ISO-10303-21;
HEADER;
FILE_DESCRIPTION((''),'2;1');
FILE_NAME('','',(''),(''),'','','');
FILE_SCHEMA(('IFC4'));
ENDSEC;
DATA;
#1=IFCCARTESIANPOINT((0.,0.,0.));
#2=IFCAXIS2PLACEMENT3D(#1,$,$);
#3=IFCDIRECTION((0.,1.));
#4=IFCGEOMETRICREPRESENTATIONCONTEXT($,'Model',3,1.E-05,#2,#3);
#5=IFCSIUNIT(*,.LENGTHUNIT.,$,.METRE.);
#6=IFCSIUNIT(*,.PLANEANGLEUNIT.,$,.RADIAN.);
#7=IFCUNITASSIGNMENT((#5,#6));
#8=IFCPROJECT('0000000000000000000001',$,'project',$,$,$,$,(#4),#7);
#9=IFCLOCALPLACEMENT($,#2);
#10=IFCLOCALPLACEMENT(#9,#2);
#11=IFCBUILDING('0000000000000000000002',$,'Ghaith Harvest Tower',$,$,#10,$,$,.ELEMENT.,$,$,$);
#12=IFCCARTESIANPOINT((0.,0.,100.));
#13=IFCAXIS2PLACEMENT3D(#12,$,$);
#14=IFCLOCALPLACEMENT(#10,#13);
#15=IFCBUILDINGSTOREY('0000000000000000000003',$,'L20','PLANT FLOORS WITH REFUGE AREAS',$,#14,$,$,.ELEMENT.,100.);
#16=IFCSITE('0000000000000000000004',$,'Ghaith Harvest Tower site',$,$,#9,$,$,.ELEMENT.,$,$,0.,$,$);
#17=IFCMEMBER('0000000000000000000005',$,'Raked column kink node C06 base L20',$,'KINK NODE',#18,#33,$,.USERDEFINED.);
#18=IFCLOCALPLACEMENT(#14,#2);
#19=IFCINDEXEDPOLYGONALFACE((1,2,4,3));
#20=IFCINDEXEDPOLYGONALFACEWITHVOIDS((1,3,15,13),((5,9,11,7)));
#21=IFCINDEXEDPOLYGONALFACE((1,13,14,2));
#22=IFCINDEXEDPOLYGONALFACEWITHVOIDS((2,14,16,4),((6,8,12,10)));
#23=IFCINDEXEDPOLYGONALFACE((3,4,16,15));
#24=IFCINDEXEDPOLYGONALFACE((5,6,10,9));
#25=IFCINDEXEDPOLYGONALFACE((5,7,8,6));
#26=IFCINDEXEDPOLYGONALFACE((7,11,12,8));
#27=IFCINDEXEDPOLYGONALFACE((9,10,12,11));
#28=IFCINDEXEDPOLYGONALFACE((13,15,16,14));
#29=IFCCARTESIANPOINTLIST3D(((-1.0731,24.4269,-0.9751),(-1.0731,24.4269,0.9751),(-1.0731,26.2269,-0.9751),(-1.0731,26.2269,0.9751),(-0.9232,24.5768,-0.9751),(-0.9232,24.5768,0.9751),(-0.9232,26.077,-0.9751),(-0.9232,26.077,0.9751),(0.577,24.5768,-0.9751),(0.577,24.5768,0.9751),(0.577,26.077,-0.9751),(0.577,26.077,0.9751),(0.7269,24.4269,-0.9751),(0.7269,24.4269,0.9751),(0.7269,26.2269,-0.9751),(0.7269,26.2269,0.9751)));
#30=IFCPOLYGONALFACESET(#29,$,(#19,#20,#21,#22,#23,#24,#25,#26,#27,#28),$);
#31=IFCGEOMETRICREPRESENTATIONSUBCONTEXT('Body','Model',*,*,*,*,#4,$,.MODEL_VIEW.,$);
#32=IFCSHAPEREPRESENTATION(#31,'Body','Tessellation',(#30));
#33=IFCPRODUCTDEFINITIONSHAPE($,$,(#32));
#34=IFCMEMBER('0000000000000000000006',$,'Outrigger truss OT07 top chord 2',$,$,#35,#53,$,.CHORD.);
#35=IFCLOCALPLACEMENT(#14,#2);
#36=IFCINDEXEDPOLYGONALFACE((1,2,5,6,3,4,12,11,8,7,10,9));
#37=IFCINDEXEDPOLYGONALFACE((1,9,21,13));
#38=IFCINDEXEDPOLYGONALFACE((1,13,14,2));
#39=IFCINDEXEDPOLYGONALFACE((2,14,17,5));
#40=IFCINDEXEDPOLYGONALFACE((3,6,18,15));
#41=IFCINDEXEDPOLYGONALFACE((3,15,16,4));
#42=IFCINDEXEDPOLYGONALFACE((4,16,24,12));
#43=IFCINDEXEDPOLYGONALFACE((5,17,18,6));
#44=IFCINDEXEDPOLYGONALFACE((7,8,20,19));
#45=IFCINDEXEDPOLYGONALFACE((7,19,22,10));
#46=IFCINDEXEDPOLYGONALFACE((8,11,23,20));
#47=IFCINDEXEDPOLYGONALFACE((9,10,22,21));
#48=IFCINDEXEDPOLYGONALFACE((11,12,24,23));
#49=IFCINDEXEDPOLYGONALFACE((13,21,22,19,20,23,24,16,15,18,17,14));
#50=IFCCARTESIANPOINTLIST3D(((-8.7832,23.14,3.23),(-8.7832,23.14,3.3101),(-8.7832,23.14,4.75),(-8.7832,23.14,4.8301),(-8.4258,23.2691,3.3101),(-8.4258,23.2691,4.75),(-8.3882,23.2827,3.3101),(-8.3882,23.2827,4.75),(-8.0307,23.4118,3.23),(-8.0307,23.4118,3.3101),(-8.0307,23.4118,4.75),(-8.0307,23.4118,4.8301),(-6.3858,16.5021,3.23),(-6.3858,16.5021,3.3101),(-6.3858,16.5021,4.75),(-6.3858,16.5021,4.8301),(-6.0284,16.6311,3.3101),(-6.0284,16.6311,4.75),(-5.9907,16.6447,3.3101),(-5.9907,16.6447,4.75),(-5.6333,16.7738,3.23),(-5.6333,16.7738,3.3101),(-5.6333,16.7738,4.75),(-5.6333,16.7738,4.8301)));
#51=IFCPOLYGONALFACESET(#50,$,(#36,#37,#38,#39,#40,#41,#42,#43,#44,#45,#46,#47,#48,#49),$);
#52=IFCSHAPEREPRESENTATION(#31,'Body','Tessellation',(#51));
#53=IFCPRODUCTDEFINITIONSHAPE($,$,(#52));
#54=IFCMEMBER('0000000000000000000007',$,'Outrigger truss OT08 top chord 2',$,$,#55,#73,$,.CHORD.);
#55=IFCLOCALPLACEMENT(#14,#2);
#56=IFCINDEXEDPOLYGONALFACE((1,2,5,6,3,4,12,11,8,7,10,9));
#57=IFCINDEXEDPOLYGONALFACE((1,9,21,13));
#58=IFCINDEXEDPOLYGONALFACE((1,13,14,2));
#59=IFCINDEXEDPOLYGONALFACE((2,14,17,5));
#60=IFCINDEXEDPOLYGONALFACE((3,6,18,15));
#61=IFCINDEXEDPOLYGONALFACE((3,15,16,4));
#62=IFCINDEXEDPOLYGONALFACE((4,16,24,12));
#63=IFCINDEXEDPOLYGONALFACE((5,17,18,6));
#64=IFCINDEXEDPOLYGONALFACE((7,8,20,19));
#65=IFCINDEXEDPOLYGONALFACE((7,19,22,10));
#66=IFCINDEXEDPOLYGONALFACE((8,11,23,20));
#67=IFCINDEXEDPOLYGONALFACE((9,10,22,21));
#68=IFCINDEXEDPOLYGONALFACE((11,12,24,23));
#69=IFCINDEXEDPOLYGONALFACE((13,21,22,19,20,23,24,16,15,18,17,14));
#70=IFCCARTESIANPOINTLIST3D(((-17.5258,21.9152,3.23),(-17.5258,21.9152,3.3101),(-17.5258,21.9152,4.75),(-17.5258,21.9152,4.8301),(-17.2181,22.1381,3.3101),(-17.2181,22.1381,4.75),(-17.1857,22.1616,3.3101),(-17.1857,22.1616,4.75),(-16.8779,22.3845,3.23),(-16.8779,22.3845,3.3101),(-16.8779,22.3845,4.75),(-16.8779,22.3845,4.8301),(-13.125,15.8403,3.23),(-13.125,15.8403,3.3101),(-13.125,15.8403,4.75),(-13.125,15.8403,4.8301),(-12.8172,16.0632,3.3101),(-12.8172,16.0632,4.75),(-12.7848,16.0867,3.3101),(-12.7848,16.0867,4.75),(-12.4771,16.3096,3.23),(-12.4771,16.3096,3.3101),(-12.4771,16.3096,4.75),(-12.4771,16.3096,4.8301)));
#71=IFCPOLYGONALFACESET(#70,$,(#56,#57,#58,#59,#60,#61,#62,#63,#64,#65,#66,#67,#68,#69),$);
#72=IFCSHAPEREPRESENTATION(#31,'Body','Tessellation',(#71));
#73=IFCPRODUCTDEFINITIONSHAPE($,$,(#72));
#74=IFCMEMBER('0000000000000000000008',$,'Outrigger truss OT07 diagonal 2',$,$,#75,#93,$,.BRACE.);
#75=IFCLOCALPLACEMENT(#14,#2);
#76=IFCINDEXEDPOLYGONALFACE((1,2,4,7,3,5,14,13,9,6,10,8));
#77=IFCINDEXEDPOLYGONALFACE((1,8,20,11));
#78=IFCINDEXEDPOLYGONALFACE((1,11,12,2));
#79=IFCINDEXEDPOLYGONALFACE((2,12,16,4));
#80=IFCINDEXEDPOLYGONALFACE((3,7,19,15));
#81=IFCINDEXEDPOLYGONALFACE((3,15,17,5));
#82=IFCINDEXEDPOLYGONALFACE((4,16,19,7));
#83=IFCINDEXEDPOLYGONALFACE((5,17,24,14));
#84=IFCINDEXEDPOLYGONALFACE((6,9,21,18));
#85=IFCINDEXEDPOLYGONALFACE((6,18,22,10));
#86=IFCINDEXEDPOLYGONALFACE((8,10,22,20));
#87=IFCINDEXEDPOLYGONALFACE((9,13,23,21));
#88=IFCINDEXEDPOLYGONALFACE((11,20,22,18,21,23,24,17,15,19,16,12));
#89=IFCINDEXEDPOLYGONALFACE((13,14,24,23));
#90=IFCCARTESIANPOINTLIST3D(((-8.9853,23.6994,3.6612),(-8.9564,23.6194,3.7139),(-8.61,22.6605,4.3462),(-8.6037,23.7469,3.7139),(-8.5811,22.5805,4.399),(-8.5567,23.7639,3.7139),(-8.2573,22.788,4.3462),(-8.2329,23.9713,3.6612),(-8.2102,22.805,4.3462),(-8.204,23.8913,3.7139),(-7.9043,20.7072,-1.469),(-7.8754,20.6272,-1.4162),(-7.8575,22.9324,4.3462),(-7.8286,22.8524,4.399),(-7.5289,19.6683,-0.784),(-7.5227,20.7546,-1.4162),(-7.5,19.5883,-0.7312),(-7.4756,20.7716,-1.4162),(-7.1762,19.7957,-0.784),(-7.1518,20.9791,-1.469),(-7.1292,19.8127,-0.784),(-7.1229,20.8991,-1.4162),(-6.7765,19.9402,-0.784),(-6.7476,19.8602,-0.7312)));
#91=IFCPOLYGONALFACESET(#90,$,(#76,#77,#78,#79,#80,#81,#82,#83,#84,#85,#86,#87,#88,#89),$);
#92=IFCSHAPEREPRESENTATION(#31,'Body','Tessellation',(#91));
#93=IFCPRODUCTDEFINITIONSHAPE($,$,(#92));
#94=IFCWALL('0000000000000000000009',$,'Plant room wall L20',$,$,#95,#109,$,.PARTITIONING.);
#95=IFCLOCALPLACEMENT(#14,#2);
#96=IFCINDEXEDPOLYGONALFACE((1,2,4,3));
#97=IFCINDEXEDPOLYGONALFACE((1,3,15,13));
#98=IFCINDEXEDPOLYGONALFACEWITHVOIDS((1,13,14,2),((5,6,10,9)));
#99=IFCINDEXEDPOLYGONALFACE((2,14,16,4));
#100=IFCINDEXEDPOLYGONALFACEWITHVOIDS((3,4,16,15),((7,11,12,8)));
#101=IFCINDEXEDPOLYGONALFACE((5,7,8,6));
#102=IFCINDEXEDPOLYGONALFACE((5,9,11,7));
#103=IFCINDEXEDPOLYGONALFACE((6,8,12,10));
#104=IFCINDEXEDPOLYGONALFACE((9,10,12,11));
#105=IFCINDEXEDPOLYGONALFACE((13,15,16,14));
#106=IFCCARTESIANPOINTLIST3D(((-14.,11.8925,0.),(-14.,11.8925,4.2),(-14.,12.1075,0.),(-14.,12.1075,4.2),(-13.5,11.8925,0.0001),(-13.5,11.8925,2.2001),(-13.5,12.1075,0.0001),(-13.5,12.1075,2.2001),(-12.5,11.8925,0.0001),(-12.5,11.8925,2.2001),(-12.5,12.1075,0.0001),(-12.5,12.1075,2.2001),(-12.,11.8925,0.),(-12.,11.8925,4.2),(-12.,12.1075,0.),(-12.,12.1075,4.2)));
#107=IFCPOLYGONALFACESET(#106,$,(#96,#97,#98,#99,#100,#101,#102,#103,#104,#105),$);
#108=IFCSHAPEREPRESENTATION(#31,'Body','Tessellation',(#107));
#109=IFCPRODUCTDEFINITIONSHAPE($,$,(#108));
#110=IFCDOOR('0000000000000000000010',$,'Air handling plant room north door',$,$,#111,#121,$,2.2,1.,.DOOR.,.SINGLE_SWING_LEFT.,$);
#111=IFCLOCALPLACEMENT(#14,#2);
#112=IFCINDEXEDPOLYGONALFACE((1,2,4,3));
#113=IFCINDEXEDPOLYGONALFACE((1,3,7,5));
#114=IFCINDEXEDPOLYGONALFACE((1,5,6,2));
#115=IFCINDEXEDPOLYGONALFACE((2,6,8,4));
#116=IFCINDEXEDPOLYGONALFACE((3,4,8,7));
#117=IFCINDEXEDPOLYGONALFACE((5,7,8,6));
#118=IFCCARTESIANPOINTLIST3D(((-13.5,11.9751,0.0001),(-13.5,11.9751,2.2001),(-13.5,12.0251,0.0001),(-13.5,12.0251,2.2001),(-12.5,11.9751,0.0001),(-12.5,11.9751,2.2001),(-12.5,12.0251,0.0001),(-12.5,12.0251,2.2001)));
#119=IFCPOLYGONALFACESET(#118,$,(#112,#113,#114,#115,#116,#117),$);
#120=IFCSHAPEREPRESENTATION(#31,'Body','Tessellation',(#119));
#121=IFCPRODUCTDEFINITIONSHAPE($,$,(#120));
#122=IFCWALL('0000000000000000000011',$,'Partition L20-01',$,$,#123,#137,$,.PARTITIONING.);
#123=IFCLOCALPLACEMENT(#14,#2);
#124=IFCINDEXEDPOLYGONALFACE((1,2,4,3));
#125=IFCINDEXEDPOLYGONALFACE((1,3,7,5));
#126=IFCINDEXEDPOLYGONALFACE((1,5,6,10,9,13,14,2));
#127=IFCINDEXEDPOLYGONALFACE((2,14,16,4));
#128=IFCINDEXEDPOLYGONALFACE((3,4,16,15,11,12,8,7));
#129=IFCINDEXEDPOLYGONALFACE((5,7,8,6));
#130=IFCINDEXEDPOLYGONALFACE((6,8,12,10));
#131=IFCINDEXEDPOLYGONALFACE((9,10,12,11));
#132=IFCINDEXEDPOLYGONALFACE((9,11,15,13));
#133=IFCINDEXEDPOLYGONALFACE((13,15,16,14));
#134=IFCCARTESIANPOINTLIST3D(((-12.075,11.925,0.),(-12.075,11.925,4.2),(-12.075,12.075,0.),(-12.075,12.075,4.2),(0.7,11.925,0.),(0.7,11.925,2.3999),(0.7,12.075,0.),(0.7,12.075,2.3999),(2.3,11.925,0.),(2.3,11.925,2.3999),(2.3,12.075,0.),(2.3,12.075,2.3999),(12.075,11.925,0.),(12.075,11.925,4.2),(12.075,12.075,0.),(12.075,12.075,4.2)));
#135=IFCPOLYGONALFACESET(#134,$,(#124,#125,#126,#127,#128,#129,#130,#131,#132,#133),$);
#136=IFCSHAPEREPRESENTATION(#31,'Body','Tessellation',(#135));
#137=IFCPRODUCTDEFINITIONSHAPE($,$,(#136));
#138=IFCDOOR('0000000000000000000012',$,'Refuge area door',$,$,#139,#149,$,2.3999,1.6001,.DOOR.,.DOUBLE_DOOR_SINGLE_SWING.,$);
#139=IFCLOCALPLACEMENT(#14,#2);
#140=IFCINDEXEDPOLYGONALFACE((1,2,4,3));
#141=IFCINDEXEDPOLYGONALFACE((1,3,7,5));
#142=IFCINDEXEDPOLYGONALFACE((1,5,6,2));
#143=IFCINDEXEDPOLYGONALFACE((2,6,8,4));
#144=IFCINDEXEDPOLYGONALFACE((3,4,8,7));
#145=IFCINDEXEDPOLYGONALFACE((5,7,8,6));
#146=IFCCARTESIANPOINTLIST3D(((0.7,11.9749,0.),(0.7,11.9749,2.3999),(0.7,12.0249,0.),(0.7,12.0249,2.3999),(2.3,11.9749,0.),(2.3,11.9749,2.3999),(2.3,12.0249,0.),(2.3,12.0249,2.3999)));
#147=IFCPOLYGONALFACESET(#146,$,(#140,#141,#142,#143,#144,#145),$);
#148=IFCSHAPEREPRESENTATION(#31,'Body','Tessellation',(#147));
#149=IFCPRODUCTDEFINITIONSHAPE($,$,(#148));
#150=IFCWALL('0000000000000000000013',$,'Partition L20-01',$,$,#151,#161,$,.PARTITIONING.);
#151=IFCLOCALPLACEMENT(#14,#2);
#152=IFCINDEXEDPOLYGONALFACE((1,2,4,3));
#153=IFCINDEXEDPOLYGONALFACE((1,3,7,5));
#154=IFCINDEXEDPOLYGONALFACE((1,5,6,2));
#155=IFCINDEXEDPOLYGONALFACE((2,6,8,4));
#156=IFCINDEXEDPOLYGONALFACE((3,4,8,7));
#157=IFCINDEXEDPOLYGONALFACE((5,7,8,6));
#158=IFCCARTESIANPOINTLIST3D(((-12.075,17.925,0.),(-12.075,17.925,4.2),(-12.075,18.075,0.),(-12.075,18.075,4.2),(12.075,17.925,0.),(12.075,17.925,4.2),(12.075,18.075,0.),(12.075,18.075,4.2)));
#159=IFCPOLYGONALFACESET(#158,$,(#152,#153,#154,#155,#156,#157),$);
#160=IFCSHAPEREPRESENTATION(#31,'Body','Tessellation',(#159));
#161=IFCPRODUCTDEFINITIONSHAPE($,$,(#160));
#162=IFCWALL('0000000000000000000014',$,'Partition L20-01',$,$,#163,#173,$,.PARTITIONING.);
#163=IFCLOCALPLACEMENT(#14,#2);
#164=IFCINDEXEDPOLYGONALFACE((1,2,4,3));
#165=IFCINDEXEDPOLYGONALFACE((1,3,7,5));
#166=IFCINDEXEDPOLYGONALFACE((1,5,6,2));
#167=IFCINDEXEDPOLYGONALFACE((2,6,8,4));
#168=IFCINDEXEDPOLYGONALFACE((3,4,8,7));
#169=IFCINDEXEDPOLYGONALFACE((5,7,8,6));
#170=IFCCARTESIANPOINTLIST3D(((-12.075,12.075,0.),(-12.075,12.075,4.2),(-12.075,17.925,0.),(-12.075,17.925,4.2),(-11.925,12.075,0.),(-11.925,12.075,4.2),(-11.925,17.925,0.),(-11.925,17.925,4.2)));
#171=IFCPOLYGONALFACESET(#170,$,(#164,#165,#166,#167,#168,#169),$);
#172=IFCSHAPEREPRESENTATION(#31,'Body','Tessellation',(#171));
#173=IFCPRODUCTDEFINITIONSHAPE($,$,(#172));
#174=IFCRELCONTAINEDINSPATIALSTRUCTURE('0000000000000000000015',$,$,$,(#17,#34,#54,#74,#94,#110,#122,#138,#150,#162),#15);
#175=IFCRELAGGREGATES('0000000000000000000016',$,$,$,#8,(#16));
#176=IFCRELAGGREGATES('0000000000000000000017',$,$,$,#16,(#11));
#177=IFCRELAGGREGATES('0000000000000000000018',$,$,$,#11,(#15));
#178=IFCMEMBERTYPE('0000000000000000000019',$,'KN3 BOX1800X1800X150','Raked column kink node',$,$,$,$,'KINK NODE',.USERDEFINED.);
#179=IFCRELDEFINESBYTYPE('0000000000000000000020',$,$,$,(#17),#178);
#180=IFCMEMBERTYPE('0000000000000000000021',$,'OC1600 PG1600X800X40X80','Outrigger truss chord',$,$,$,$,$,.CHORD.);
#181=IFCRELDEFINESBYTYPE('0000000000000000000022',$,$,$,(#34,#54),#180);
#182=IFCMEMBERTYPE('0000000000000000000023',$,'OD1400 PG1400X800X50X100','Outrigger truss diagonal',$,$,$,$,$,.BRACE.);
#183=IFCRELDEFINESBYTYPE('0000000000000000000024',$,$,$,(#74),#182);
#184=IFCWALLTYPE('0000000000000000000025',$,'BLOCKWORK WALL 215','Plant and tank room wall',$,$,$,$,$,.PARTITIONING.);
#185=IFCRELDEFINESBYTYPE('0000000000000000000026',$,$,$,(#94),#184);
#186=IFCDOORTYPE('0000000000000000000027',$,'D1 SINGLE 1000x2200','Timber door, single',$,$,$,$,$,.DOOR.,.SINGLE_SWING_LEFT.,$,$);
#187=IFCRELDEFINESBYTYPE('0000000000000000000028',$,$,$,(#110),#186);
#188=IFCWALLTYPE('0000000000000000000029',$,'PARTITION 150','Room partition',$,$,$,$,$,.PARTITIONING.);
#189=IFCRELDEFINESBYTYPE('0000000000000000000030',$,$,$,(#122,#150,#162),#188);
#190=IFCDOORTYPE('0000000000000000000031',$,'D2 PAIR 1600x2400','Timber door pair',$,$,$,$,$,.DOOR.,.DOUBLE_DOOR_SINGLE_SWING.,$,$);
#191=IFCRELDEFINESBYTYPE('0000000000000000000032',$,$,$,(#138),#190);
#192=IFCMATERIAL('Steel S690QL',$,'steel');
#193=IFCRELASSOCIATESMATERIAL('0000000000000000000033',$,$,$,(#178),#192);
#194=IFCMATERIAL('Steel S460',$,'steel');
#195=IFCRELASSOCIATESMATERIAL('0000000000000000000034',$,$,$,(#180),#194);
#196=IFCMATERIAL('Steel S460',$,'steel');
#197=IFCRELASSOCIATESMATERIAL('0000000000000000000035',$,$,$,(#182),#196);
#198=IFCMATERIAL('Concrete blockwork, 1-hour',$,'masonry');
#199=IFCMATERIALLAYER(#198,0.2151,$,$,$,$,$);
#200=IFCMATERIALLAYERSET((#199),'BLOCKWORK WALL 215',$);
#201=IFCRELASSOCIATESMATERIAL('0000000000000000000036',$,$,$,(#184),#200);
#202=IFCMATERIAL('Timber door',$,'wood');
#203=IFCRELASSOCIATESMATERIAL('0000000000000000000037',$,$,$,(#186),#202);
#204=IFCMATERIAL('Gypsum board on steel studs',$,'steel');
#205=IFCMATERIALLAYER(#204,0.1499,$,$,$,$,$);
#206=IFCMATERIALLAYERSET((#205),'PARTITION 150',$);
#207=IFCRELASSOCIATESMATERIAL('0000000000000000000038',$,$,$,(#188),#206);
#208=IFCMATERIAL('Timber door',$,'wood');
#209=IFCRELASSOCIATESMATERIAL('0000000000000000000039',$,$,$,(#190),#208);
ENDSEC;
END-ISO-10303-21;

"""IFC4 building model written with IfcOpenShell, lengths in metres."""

from ifc_helpers import new_model, si_unit, direction, frame, frame_2d, origin, origin_2d, place, context, subcontext, project, spatial, rectangle, hollow_rectangle, i_section, extrude, material, layer, layer_set, material_profile, profile_set, type_object, element, fill, save


model = new_model("IFC4")

# Units and contexts
model_context = context("Model", 3, precision=1e-05, world=origin(), true_north=direction((0.0, 1.0)))
body_context = subcontext(model_context, "Body", "Model", "MODEL_VIEW")
ifc_project = project(units=[si_unit("LENGTHUNIT", "METRE"), si_unit("PLANEANGLEUNIT", "RADIAN")], contexts=[model_context])

# Site, building, storey
site_placement = place(None, origin())
site = spatial("IfcSite", under=ifc_project, at=site_placement, Name="Ghaith Harvest Tower site", CompositionType="ELEMENT", RefElevation=0.0)
building_placement = place(site_placement, origin())
building = spatial("IfcBuilding", under=site, at=building_placement, Name="Ghaith Harvest Tower", CompositionType="ELEMENT")
storey_placement = place(building_placement, frame((0.0, 0.0, 100.0)))
storey = spatial("IfcBuildingStorey", under=building, at=storey_placement, Name="L20", Description="PLANT FLOORS WITH REFUGE AREAS", CompositionType="ELEMENT", Elevation=100.0)

# Members
ifc_material_1 = material(Name="Steel S690QL", Category="steel")
ifc_material_profile_1 = material_profile(ifc_material_1, hollow_rectangle(XDim=1.8, YDim=1.8, WallThickness=0.1499, at=origin_2d()), Name="BOX1800X1800X150")
ifc_profile_set_1 = profile_set([ifc_material_profile_1], Name="Steel S690QL")
member_type_1 = type_object("IfcMemberType", Name="KN3 BOX1800X1800X150", Description="Raked column kink node", ElementType="KINK NODE", PredefinedType="USERDEFINED", material=ifc_profile_set_1)
member_1_placement = place(storey_placement, frame((-0.1731, 25.3269, -0.9751), z_axis=(0.0, 0.0, 1.0), x_axis=(1.0, 0.0, 0.0)))
element("IfcMember", 1, at=member_1_placement, inside=storey, type_object=member_type_1, Name="Raked column kink node C06 base L20", ObjectType="KINK NODE", PredefinedType="USERDEFINED", context=body_context, shape_type="SweptSolid", body=[
    extrude(hollow_rectangle(XDim=1.8, YDim=1.8, WallThickness=0.1499, at=origin_2d()), origin(), (0.0, 0.0, 1.0), 1.9502),
])
ifc_material_2 = material(Name="Steel S460", Category="steel")
ifc_material_profile_2 = material_profile(ifc_material_2, i_section(OverallWidth=0.8, OverallDepth=1.6001, WebThickness=0.04, FlangeThickness=0.0801, at=origin_2d()), Name="PG1600X800X40X80")
ifc_profile_set_2 = profile_set([ifc_material_profile_2], Name="Steel S460")
member_type_2 = type_object("IfcMemberType", Name="OC1600 PG1600X800X40X80", Description="Outrigger truss chord", PredefinedType="CHORD", material=ifc_profile_set_2)
member_2_placement = place(storey_placement, frame((-6.0095, 16.6379, 4.03), z_axis=(-0.339698, 0.940535, 0.0), x_axis=(-0.940535, -0.339698, 0.0)))
element("IfcMember", 2, at=member_2_placement, inside=storey, type_object=member_type_2, Name="Outrigger truss OT07 top chord 2", PredefinedType="CHORD", context=body_context, shape_type="SweptSolid", body=[
    extrude(i_section(OverallWidth=0.8, OverallDepth=1.6001, WebThickness=0.04, FlangeThickness=0.0801, at=origin_2d()), origin(), (0.0, 0.0, 1.0), 7.0576),
])
member_3_placement = place(storey_placement, frame((-12.801, 16.075, 4.03), z_axis=(-0.586665, 0.80983, 0.0), x_axis=(-0.80983, -0.586665, 0.0)))
element("IfcMember", 3, at=member_3_placement, inside=storey, type_object=member_type_2, Name="Outrigger truss OT08 top chord 2", PredefinedType="CHORD", context=body_context, shape_type="SweptSolid", body=[
    extrude(i_section(OverallWidth=0.8, OverallDepth=1.6001, WebThickness=0.04, FlangeThickness=0.0801, at=origin_2d()), origin(), (0.0, 0.0, 1.0), 7.5015),
])
ifc_material_3 = material(Name="Steel S460", Category="steel")
ifc_material_profile_3 = material_profile(ifc_material_3, i_section(OverallWidth=0.8, OverallDepth=1.3999, WebThickness=0.05, FlangeThickness=0.1001, at=origin_2d()), Name="PG1400X800X50X100")
ifc_profile_set_3 = profile_set([ifc_material_profile_3], Name="Steel S460")
member_type_3 = type_object("IfcMemberType", Name="OD1400 PG1400X800X50X100", Description="Outrigger truss diagonal", PredefinedType="BRACE", material=ifc_profile_set_3)
member_4_placement = place(storey_placement, frame((-7.3259, 20.2837, -1.1001), z_axis=(-0.179085, 0.495678, 0.849843), x_axis=(-0.940499, -0.339795, 0.0)))
element("IfcMember", 4, at=member_4_placement, inside=storey, type_object=member_type_3, Name="Outrigger truss OT07 diagonal 2", PredefinedType="BRACE", context=body_context, shape_type="SweptSolid", body=[
    extrude(i_section(OverallWidth=0.8, OverallDepth=1.3999, WebThickness=0.05, FlangeThickness=0.1001, at=origin_2d()), origin(), (0.0, 0.0, 1.0), 6.0366),
])

# Walls, openings, doors
ifc_material_4 = material(Name="Concrete blockwork, 1-hour", Category="masonry")
ifc_layer_1 = layer(ifc_material_4, 0.2151)
ifc_layer_set_1 = layer_set([ifc_layer_1], Name="BLOCKWORK WALL 215")
wall_type_1 = type_object("IfcWallType", Name="BLOCKWORK WALL 215", Description="Plant and tank room wall", PredefinedType="PARTITIONING", material=ifc_layer_set_1)
wall_1_placement = place(storey_placement, frame((-12.0, 12.0, 0.0), z_axis=(0.0, 0.0, 1.0), x_axis=(-1.0, 0.0, 0.0)))
wall_1 = element("IfcWall", 5, at=wall_1_placement, inside=storey, type_object=wall_type_1, Name="Plant room wall L20", PredefinedType="PARTITIONING", context=body_context, shape_type="SweptSolid", body=[
    extrude(rectangle(XDim=2.0, YDim=0.2151, at=frame_2d((1.0, 0.0))), origin(), (0.0, 0.0, 1.0), 4.2),
])
opening_1_placement = place(wall_1_placement, frame((0.5, 0.0, 0.0)))
opening_1 = element("IfcOpeningElement", 6, at=opening_1_placement, cuts=wall_1, PredefinedType="OPENING", context=body_context, shape_type="SweptSolid", body=[
    extrude(rectangle(XDim=1.0, YDim=2.2, at=frame_2d((0.5, 1.1001))), frame((0.0, 0.1177, 0.0), z_axis=(0.0, -1.0, 0.0), x_axis=(1.0, 0.0, 0.0)), (0.0, 0.0, 1.0), 0.2351),
])
ifc_material_5 = material(Name="Timber door", Category="wood")
door_type_1 = type_object("IfcDoorType", Name="D1 SINGLE 1000x2200", Description="Timber door, single", OperationType="SINGLE_SWING_LEFT", PredefinedType="DOOR", material=ifc_material_5)
door_1_placement = place(opening_1_placement, origin())
door_1 = element("IfcDoor", 7, at=door_1_placement, inside=storey, type_object=door_type_1, Name="Air handling plant room north door", OperationType="SINGLE_SWING_LEFT", OverallHeight=2.2, OverallWidth=1.0, PredefinedType="DOOR", context=body_context, shape_type="SweptSolid", body=[
    extrude(rectangle(XDim=1.0, YDim=2.2, at=frame_2d((0.5, 1.1001))), frame((0.0, 0.0249, 0.0), z_axis=(0.0, -1.0, 0.0), x_axis=(1.0, 0.0, 0.0)), (0.0, 0.0, 1.0), 0.05),
])
fill(opening_1, door_1)
ifc_material_6 = material(Name="Gypsum board on steel studs", Category="steel")
ifc_layer_2 = layer(ifc_material_6, 0.1499)
ifc_layer_set_2 = layer_set([ifc_layer_2], Name="PARTITION 150")
wall_type_2 = type_object("IfcWallType", Name="PARTITION 150", Description="Room partition", PredefinedType="PARTITIONING", material=ifc_layer_set_2)
wall_2_placement = place(storey_placement, frame((-12.075, 12.0, 0.0), z_axis=(0.0, 0.0, 1.0), x_axis=(1.0, 0.0, 0.0)))
wall_2 = element("IfcWall", 8, at=wall_2_placement, inside=storey, type_object=wall_type_2, Name="Partition L20-01", PredefinedType="PARTITIONING", context=body_context, shape_type="SweptSolid", body=[
    extrude(rectangle(XDim=24.1499, YDim=0.1499, at=frame_2d((12.075, 0.0))), origin(), (0.0, 0.0, 1.0), 4.2),
])
opening_2_placement = place(wall_2_placement, frame((12.7749, 0.0, 0.0)))
opening_2 = element("IfcOpeningElement", 9, at=opening_2_placement, cuts=wall_2, PredefinedType="OPENING", context=body_context, shape_type="SweptSolid", body=[
    extrude(rectangle(XDim=1.6001, YDim=2.3999, at=frame_2d((0.8, 1.2))), frame((0.0, 0.085, 0.0), z_axis=(0.0, -1.0, 0.0), x_axis=(1.0, 0.0, 0.0)), (0.0, 0.0, 1.0), 0.1699),
])
ifc_material_7 = material(Name="Timber door", Category="wood")
door_type_2 = type_object("IfcDoorType", Name="D2 PAIR 1600x2400", Description="Timber door pair", OperationType="DOUBLE_DOOR_SINGLE_SWING", PredefinedType="DOOR", material=ifc_material_7)
door_2_placement = place(opening_2_placement, origin())
door_2 = element("IfcDoor", 10, at=door_2_placement, inside=storey, type_object=door_type_2, Name="Refuge area door", OperationType="DOUBLE_DOOR_SINGLE_SWING", OverallHeight=2.3999, OverallWidth=1.6001, PredefinedType="DOOR", context=body_context, shape_type="SweptSolid", body=[
    extrude(rectangle(XDim=1.6001, YDim=2.3999, at=frame_2d((0.8, 1.2))), frame((0.0, 0.0249, 0.0), z_axis=(0.0, -1.0, 0.0), x_axis=(1.0, 0.0, 0.0)), (0.0, 0.0, 1.0), 0.05),
])
fill(opening_2, door_2)

# Walls
wall_3_placement = place(storey_placement, frame((-12.075, 18.0, 0.0), z_axis=(0.0, 0.0, 1.0), x_axis=(1.0, 0.0, 0.0)))
element("IfcWall", 11, at=wall_3_placement, inside=storey, type_object=wall_type_2, Name="Partition L20-01", PredefinedType="PARTITIONING", context=body_context, shape_type="SweptSolid", body=[
    extrude(rectangle(XDim=24.1499, YDim=0.1499, at=frame_2d((12.075, 0.0))), origin(), (0.0, 0.0, 1.0), 4.2),
])
wall_4_placement = place(storey_placement, frame((-12.0, 12.075, 0.0), z_axis=(0.0, 0.0, 1.0), x_axis=(0.0, 1.0, 0.0)))
element("IfcWall", 12, at=wall_4_placement, inside=storey, type_object=wall_type_2, Name="Partition L20-01", PredefinedType="PARTITIONING", context=body_context, shape_type="SweptSolid", body=[
    extrude(rectangle(XDim=5.8501, YDim=0.1499, at=frame_2d((2.925, 0.0))), origin(), (0.0, 0.0, 1.0), 4.2),
])

save(model, "model.ifc")
